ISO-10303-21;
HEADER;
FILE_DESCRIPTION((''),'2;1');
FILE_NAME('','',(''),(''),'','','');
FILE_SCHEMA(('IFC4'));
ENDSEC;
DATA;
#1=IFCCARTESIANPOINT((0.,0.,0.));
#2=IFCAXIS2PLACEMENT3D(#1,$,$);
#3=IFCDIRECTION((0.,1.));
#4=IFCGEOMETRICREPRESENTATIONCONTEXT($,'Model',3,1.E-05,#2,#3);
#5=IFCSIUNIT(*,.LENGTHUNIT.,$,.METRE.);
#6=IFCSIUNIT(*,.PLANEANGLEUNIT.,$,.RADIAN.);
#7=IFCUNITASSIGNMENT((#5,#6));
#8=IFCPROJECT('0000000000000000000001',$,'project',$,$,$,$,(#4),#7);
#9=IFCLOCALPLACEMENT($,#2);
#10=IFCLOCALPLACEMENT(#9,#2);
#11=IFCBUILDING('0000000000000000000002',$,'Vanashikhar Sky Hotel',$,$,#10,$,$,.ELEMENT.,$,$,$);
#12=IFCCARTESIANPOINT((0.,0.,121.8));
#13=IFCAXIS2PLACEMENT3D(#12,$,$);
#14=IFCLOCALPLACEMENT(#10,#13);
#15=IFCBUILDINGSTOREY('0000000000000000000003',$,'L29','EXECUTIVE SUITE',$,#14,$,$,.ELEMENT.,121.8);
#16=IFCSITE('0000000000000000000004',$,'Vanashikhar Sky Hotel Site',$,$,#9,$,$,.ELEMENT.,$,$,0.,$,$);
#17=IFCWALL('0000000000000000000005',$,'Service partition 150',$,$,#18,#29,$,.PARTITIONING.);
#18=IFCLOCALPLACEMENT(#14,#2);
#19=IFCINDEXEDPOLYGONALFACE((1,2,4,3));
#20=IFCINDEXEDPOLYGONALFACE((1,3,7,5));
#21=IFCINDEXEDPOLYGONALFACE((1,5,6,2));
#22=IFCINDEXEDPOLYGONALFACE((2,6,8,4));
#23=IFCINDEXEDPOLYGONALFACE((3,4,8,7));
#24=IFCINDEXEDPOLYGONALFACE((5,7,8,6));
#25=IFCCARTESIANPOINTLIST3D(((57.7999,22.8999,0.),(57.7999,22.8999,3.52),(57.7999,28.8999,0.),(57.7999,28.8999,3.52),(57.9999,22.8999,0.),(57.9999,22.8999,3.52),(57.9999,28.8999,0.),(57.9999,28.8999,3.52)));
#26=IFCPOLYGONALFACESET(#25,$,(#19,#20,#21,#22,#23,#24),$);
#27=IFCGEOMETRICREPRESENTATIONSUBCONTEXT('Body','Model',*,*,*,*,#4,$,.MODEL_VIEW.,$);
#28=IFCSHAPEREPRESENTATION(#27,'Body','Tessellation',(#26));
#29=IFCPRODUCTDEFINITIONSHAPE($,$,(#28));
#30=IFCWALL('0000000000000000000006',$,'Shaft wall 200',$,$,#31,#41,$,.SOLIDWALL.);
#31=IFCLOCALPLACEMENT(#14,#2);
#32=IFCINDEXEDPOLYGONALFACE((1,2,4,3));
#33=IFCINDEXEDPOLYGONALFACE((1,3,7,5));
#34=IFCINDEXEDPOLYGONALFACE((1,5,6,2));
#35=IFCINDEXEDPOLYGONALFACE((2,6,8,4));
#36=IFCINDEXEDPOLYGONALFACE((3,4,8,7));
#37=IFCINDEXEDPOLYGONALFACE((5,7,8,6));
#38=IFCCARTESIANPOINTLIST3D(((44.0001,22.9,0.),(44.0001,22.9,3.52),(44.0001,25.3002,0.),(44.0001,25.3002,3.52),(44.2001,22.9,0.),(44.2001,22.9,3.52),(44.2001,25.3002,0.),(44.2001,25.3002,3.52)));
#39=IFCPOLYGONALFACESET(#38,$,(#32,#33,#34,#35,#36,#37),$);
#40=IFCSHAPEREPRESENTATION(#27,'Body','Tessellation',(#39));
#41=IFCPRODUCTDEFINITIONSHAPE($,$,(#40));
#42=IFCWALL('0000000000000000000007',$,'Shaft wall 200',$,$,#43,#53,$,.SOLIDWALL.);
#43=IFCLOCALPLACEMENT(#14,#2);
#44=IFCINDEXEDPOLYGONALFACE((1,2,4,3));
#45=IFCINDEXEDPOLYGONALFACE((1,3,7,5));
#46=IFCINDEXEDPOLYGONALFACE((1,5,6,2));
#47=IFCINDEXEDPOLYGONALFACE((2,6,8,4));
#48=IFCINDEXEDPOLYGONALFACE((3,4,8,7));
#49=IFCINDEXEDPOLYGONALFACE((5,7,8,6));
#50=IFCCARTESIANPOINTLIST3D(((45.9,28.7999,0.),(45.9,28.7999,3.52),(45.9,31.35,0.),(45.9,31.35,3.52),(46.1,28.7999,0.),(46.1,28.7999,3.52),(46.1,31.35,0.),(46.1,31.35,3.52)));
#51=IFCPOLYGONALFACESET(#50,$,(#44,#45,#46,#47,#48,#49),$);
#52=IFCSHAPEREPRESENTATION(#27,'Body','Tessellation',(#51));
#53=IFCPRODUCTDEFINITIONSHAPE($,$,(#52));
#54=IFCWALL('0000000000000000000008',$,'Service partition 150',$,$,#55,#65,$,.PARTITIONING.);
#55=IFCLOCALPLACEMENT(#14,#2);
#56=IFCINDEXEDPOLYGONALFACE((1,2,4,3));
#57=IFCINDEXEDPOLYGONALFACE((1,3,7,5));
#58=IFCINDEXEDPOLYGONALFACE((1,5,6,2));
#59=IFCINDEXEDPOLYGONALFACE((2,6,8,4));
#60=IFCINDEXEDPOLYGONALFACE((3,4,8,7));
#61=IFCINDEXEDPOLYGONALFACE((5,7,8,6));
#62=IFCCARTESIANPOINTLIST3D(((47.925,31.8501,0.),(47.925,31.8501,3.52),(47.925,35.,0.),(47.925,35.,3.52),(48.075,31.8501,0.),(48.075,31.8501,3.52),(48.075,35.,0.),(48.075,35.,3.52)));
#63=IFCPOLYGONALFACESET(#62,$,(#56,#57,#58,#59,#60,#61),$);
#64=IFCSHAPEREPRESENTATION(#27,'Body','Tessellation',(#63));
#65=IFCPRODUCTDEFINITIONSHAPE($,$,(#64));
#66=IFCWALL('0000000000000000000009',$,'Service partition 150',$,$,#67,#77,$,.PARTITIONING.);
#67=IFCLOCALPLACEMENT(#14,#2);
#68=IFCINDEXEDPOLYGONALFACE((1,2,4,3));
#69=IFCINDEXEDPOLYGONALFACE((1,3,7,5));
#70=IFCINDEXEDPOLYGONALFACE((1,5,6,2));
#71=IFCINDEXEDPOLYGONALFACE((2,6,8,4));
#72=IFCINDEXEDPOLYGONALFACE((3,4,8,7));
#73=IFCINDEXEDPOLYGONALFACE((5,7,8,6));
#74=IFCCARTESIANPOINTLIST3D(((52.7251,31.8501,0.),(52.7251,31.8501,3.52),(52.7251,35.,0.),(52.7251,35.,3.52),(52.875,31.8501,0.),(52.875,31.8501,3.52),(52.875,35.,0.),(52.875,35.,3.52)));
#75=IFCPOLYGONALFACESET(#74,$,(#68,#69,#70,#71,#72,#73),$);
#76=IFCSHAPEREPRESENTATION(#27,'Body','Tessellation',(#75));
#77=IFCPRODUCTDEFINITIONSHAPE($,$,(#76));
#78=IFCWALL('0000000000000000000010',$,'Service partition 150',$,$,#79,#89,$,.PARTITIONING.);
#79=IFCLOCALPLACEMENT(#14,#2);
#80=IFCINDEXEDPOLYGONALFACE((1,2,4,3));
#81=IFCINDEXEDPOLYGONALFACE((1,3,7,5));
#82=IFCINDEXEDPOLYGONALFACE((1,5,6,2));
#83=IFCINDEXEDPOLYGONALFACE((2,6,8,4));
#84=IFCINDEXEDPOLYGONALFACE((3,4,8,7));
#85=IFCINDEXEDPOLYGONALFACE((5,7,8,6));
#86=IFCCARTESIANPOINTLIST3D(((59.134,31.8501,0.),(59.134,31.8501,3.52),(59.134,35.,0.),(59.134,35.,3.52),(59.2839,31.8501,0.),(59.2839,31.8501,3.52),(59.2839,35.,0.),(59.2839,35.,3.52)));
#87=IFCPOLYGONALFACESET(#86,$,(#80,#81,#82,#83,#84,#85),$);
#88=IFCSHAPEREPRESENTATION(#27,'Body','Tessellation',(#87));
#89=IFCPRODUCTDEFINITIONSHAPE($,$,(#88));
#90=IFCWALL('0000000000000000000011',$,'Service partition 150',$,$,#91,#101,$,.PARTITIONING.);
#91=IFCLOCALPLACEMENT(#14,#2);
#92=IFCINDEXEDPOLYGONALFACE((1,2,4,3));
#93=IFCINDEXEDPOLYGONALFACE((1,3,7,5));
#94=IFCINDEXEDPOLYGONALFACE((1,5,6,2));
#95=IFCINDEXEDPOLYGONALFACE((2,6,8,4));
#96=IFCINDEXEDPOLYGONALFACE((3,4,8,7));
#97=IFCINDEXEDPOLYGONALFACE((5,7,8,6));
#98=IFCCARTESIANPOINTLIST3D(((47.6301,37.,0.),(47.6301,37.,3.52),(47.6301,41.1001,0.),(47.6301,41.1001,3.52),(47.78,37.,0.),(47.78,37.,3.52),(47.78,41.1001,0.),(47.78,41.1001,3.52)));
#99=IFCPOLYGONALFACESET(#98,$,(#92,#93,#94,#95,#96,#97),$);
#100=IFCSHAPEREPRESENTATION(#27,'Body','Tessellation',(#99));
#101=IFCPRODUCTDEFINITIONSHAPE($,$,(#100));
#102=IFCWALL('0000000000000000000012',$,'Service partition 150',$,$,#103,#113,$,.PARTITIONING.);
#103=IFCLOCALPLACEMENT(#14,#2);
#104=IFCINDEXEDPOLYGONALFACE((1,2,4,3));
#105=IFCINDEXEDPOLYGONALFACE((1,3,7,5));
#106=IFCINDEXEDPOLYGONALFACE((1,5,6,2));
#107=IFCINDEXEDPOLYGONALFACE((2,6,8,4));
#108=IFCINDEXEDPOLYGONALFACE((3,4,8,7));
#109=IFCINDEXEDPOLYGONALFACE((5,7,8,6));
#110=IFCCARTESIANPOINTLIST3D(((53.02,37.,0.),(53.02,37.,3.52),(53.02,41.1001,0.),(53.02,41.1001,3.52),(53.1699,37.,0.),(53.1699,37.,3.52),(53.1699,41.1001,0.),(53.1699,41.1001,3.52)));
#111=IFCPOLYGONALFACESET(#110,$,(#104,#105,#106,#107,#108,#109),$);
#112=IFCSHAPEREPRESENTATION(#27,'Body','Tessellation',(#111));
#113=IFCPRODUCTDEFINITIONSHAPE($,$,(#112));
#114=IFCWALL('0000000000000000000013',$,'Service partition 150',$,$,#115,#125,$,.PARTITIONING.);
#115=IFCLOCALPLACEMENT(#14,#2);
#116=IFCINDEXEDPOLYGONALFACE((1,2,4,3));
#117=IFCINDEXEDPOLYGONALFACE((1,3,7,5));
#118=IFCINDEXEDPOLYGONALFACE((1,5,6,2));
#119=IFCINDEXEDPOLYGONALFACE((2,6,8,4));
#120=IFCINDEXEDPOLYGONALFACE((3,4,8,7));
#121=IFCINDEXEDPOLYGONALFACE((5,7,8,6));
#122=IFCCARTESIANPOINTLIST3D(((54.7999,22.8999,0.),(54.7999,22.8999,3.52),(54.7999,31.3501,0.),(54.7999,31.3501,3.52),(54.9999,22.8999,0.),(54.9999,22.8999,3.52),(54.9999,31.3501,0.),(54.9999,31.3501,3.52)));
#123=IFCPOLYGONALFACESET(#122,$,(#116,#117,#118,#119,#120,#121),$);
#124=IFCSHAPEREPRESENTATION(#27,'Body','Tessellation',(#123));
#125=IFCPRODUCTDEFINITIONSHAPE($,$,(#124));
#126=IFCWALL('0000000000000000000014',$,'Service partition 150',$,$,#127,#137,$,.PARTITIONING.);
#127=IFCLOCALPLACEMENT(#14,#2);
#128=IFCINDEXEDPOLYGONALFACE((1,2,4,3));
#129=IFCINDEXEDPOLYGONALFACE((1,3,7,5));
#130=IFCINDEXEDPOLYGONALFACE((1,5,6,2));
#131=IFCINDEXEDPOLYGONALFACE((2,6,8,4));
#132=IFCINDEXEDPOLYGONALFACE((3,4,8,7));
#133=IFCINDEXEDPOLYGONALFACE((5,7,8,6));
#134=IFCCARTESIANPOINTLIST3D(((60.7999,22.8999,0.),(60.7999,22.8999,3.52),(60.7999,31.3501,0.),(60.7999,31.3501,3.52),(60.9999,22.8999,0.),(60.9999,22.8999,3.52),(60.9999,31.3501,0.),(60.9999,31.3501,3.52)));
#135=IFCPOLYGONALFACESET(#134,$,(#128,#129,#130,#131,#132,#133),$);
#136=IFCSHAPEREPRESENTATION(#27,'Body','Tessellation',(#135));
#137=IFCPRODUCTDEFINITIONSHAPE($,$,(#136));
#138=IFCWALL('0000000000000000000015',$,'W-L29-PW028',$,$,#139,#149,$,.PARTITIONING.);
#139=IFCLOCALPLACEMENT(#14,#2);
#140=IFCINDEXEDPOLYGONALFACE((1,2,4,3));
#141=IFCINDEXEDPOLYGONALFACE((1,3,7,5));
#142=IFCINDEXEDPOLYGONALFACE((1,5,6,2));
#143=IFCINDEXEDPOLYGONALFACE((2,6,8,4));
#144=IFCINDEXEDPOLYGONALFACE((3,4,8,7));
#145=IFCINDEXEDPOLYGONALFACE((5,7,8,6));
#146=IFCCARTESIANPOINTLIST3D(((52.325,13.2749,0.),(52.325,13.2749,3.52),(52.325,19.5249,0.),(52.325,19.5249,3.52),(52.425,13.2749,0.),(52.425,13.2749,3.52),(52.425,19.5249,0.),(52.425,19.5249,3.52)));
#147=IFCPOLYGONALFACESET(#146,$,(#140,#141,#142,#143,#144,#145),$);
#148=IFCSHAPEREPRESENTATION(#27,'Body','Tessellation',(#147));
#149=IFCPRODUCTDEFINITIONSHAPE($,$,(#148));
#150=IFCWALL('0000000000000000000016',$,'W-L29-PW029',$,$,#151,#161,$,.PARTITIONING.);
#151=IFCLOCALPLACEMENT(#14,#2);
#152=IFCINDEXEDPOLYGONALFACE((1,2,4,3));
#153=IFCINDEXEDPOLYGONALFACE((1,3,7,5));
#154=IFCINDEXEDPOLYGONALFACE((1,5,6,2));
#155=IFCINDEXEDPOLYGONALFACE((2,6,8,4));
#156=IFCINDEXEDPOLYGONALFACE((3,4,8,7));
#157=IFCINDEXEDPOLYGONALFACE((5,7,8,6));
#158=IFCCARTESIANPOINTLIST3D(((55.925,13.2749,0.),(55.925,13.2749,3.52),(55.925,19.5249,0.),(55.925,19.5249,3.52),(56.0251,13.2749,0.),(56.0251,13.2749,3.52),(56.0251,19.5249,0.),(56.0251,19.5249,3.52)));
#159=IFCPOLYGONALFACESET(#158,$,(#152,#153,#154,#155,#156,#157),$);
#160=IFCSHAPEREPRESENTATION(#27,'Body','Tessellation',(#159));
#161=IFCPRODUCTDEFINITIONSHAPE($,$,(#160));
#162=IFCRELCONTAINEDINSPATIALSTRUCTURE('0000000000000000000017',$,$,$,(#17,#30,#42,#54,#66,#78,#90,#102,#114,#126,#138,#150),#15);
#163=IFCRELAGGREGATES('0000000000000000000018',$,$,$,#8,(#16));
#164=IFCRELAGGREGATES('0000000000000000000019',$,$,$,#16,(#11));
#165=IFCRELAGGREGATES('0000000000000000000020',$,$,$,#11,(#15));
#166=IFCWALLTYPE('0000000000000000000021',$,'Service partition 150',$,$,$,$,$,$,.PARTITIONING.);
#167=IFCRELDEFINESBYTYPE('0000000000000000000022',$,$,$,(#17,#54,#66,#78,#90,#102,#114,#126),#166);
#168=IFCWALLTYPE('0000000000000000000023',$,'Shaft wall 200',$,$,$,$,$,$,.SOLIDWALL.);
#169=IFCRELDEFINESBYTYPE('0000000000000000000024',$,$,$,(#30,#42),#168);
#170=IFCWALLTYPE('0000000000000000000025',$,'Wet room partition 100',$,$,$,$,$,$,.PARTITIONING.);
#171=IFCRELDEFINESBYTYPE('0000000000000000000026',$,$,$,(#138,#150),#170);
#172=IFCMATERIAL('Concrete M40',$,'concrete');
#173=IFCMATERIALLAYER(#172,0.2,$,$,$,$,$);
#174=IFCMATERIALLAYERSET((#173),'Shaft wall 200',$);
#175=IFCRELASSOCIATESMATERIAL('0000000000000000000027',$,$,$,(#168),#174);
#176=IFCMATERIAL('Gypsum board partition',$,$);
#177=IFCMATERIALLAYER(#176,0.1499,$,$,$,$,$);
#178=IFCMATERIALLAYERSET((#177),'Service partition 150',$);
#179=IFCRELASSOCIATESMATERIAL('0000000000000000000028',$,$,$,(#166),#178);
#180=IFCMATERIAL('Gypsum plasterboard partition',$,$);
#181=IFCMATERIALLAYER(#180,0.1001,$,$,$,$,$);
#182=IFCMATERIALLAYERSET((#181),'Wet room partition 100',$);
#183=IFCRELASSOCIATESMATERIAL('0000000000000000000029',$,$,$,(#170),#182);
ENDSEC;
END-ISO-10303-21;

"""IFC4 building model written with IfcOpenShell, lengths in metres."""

from ifc_helpers import new_model, si_unit, direction, frame, frame_2d, origin, place, context, subcontext, project, spatial, rectangle, extrude, source, transform, mapped, material, layer, layer_set, type_object, element, save


model = new_model("IFC4")

# Units and contexts
model_context = context("Model", 3, precision=1e-05, world=origin(), true_north=direction((0.0, 1.0)))
body_context = subcontext(model_context, "Body", "Model", "MODEL_VIEW")
ifc_project = project(units=[si_unit("LENGTHUNIT", "METRE"), si_unit("PLANEANGLEUNIT", "RADIAN")], contexts=[model_context])

# Site, building, storey
site_placement = place(None, origin())
site = spatial("IfcSite", under=ifc_project, at=site_placement, Name="Vanashikhar Sky Hotel Site", CompositionType="ELEMENT", RefElevation=0.0)
building_placement = place(site_placement, origin())
building = spatial("IfcBuilding", under=site, at=building_placement, Name="Vanashikhar Sky Hotel", CompositionType="ELEMENT")
storey_placement = place(building_placement, frame((0.0, 0.0, 121.8)))
storey = spatial("IfcBuildingStorey", under=building, at=storey_placement, Name="L29", Description="EXECUTIVE SUITE", CompositionType="ELEMENT", Elevation=121.8)

# Shared definitions
ifc_material_1 = material(Name="Concrete M40", Category="concrete")
ifc_layer_1 = layer(ifc_material_1, 0.2)
ifc_layer_set_1 = layer_set([ifc_layer_1], Name="Shaft wall 200")
wall_type_1 = type_object("IfcWallType", Name="Shaft wall 200", PredefinedType="SOLIDWALL", material=ifc_layer_set_1)
shared_shape_1 = source(origin(), body_context, "Body", "SweptSolid", [
    extrude(rectangle(XDim=6.0, YDim=0.2, at=frame_2d((3.0, 0.0))), origin(), (0.0, 0.0, 1.0), 3.52),
])

# Walls
ifc_material_2 = material(Name="Gypsum board partition")
ifc_layer_2 = layer(ifc_material_2, 0.1499)
ifc_layer_set_2 = layer_set([ifc_layer_2], Name="Service partition 150")
wall_type_2 = type_object("IfcWallType", Name="Service partition 150", PredefinedType="PARTITIONING", material=ifc_layer_set_2)
wall_1_placement = place(storey_placement, frame((57.8999, 22.8999, 0.0), z_axis=(0.0, 0.0, 1.0), x_axis=(0.0, 1.0, 0.0)))
element("IfcWall", 1, at=wall_1_placement, inside=storey, type_object=wall_type_2, Name="Service partition 150", PredefinedType="PARTITIONING", context=body_context, shape_type="MappedRepresentation", body=[
    mapped(shared_shape_1, transform((0.0, 0.0, 0.0), scale=1.0)),
])
shared_shape_2 = source(origin(), body_context, "Body", "SweptSolid", [
    extrude(rectangle(XDim=2.4001, YDim=0.2, at=frame_2d((1.2002, 0.0))), origin(), (0.0, 0.0, 1.0), 3.52),
])
wall_2_placement = place(storey_placement, frame((44.1001, 22.8999, 0.0), z_axis=(0.0, 0.0, 1.0), x_axis=(0.0, 1.0, 0.0)))
element("IfcWall", 2, at=wall_2_placement, inside=storey, type_object=wall_type_1, Name="Shaft wall 200", PredefinedType="SOLIDWALL", context=body_context, shape_type="MappedRepresentation", body=[
    mapped(shared_shape_2, transform((0.0, 0.0, 0.0), scale=1.0)),
])
shared_shape_3 = source(origin(), body_context, "Body", "SweptSolid", [
    extrude(rectangle(XDim=2.55, YDim=0.2, at=frame_2d((1.2749, 0.0))), origin(), (0.0, 0.0, 1.0), 3.52),
])
wall_3_placement = place(storey_placement, frame((46.0, 28.8, 0.0), z_axis=(0.0, 0.0, 1.0), x_axis=(0.0, 1.0, 0.0)))
element("IfcWall", 3, at=wall_3_placement, inside=storey, type_object=wall_type_1, Name="Shaft wall 200", PredefinedType="SOLIDWALL", context=body_context, shape_type="MappedRepresentation", body=[
    mapped(shared_shape_3, transform((0.0, 0.0, 0.0), scale=1.0)),
])
shared_shape_4 = source(origin(), body_context, "Body", "SweptSolid", [
    extrude(rectangle(XDim=3.1499, YDim=0.1499, at=frame_2d((1.575, 0.0))), origin(), (0.0, 0.0, 1.0), 3.52),
])
for number, where, z_axis, x_axis, name in (
    (4, (48.0, 31.8501, 0.0), (0.0, 0.0, 1.0), (0.0, 1.0, 0.0), "Service partition 150"),
    (5, (52.8, 31.8501, 0.0), (0.0, 0.0, 1.0), (0.0, 1.0, 0.0), "Service partition 150"),
    (6, (59.209, 31.8501, 0.0), (0.0, 0.0, 1.0), (0.0, 1.0, 0.0), "Service partition 150"),
):
    element("IfcWall", number, at=place(storey_placement, frame(where, z_axis=z_axis, x_axis=x_axis)), inside=storey, type_object=wall_type_2, Name=name, PredefinedType="PARTITIONING", context=body_context, shape_type="MappedRepresentation", body=[
        mapped(shared_shape_4, transform((0.0, 0.0, 0.0), scale=1.0)),
    ])
shared_shape_5 = source(origin(), body_context, "Body", "SweptSolid", [
    extrude(rectangle(XDim=4.1001, YDim=0.1499, at=frame_2d((2.05, 0.0))), origin(), (0.0, 0.0, 1.0), 3.52),
])
for number, where, z_axis, x_axis, name in (
    (7, (47.7051, 37.0, 0.0), (0.0, 0.0, 1.0), (0.0, 1.0, 0.0), "Service partition 150"),
    (8, (53.095, 37.0, 0.0), (0.0, 0.0, 1.0), (0.0, 1.0, 0.0), "Service partition 150"),
):
    element("IfcWall", number, at=place(storey_placement, frame(where, z_axis=z_axis, x_axis=x_axis)), inside=storey, type_object=wall_type_2, Name=name, PredefinedType="PARTITIONING", context=body_context, shape_type="MappedRepresentation", body=[
        mapped(shared_shape_5, transform((0.0, 0.0, 0.0), scale=1.0)),
    ])
shared_shape_6 = source(origin(), body_context, "Body", "SweptSolid", [
    extrude(rectangle(XDim=8.4502, YDim=0.2, at=frame_2d((4.2251, 0.0))), origin(), (0.0, 0.0, 1.0), 3.52),
])
for number, where, z_axis, x_axis, name in (
    (9, (54.8999, 22.8999, 0.0), (0.0, 0.0, 1.0), (0.0, 1.0, 0.0), "Service partition 150"),
    (10, (60.8999, 22.8999, 0.0), (0.0, 0.0, 1.0), (0.0, 1.0, 0.0), "Service partition 150"),
):
    element("IfcWall", number, at=place(storey_placement, frame(where, z_axis=z_axis, x_axis=x_axis)), inside=storey, type_object=wall_type_2, Name=name, PredefinedType="PARTITIONING", context=body_context, shape_type="MappedRepresentation", body=[
        mapped(shared_shape_6, transform((0.0, 0.0, 0.0), scale=1.0)),
    ])
ifc_material_3 = material(Name="Gypsum plasterboard partition")
ifc_layer_3 = layer(ifc_material_3, 0.1001)
ifc_layer_set_3 = layer_set([ifc_layer_3], Name="Wet room partition 100")
wall_type_3 = type_object("IfcWallType", Name="Wet room partition 100", PredefinedType="PARTITIONING", material=ifc_layer_set_3)
shared_shape_7 = source(origin(), body_context, "Body", "SweptSolid", [
    extrude(rectangle(XDim=6.25, YDim=0.1001, at=frame_2d((3.125, 0.0))), origin(), (0.0, 0.0, 1.0), 3.52),
])
for number, where, z_axis, x_axis, name in (
    (11, (52.375, 13.2749, 0.0), (0.0, 0.0, 1.0), (0.0, 1.0, 0.0), "W-L29-PW028"),
    (12, (55.9751, 13.2749, 0.0), (0.0, 0.0, 1.0), (0.0, 1.0, 0.0), "W-L29-PW029"),
):
    element("IfcWall", number, at=place(storey_placement, frame(where, z_axis=z_axis, x_axis=x_axis)), inside=storey, type_object=wall_type_3, Name=name, PredefinedType="PARTITIONING", context=body_context, shape_type="MappedRepresentation", body=[
        mapped(shared_shape_7, transform((0.0, 0.0, 0.0), scale=1.0)),
    ])

save(model, "model.ifc")
